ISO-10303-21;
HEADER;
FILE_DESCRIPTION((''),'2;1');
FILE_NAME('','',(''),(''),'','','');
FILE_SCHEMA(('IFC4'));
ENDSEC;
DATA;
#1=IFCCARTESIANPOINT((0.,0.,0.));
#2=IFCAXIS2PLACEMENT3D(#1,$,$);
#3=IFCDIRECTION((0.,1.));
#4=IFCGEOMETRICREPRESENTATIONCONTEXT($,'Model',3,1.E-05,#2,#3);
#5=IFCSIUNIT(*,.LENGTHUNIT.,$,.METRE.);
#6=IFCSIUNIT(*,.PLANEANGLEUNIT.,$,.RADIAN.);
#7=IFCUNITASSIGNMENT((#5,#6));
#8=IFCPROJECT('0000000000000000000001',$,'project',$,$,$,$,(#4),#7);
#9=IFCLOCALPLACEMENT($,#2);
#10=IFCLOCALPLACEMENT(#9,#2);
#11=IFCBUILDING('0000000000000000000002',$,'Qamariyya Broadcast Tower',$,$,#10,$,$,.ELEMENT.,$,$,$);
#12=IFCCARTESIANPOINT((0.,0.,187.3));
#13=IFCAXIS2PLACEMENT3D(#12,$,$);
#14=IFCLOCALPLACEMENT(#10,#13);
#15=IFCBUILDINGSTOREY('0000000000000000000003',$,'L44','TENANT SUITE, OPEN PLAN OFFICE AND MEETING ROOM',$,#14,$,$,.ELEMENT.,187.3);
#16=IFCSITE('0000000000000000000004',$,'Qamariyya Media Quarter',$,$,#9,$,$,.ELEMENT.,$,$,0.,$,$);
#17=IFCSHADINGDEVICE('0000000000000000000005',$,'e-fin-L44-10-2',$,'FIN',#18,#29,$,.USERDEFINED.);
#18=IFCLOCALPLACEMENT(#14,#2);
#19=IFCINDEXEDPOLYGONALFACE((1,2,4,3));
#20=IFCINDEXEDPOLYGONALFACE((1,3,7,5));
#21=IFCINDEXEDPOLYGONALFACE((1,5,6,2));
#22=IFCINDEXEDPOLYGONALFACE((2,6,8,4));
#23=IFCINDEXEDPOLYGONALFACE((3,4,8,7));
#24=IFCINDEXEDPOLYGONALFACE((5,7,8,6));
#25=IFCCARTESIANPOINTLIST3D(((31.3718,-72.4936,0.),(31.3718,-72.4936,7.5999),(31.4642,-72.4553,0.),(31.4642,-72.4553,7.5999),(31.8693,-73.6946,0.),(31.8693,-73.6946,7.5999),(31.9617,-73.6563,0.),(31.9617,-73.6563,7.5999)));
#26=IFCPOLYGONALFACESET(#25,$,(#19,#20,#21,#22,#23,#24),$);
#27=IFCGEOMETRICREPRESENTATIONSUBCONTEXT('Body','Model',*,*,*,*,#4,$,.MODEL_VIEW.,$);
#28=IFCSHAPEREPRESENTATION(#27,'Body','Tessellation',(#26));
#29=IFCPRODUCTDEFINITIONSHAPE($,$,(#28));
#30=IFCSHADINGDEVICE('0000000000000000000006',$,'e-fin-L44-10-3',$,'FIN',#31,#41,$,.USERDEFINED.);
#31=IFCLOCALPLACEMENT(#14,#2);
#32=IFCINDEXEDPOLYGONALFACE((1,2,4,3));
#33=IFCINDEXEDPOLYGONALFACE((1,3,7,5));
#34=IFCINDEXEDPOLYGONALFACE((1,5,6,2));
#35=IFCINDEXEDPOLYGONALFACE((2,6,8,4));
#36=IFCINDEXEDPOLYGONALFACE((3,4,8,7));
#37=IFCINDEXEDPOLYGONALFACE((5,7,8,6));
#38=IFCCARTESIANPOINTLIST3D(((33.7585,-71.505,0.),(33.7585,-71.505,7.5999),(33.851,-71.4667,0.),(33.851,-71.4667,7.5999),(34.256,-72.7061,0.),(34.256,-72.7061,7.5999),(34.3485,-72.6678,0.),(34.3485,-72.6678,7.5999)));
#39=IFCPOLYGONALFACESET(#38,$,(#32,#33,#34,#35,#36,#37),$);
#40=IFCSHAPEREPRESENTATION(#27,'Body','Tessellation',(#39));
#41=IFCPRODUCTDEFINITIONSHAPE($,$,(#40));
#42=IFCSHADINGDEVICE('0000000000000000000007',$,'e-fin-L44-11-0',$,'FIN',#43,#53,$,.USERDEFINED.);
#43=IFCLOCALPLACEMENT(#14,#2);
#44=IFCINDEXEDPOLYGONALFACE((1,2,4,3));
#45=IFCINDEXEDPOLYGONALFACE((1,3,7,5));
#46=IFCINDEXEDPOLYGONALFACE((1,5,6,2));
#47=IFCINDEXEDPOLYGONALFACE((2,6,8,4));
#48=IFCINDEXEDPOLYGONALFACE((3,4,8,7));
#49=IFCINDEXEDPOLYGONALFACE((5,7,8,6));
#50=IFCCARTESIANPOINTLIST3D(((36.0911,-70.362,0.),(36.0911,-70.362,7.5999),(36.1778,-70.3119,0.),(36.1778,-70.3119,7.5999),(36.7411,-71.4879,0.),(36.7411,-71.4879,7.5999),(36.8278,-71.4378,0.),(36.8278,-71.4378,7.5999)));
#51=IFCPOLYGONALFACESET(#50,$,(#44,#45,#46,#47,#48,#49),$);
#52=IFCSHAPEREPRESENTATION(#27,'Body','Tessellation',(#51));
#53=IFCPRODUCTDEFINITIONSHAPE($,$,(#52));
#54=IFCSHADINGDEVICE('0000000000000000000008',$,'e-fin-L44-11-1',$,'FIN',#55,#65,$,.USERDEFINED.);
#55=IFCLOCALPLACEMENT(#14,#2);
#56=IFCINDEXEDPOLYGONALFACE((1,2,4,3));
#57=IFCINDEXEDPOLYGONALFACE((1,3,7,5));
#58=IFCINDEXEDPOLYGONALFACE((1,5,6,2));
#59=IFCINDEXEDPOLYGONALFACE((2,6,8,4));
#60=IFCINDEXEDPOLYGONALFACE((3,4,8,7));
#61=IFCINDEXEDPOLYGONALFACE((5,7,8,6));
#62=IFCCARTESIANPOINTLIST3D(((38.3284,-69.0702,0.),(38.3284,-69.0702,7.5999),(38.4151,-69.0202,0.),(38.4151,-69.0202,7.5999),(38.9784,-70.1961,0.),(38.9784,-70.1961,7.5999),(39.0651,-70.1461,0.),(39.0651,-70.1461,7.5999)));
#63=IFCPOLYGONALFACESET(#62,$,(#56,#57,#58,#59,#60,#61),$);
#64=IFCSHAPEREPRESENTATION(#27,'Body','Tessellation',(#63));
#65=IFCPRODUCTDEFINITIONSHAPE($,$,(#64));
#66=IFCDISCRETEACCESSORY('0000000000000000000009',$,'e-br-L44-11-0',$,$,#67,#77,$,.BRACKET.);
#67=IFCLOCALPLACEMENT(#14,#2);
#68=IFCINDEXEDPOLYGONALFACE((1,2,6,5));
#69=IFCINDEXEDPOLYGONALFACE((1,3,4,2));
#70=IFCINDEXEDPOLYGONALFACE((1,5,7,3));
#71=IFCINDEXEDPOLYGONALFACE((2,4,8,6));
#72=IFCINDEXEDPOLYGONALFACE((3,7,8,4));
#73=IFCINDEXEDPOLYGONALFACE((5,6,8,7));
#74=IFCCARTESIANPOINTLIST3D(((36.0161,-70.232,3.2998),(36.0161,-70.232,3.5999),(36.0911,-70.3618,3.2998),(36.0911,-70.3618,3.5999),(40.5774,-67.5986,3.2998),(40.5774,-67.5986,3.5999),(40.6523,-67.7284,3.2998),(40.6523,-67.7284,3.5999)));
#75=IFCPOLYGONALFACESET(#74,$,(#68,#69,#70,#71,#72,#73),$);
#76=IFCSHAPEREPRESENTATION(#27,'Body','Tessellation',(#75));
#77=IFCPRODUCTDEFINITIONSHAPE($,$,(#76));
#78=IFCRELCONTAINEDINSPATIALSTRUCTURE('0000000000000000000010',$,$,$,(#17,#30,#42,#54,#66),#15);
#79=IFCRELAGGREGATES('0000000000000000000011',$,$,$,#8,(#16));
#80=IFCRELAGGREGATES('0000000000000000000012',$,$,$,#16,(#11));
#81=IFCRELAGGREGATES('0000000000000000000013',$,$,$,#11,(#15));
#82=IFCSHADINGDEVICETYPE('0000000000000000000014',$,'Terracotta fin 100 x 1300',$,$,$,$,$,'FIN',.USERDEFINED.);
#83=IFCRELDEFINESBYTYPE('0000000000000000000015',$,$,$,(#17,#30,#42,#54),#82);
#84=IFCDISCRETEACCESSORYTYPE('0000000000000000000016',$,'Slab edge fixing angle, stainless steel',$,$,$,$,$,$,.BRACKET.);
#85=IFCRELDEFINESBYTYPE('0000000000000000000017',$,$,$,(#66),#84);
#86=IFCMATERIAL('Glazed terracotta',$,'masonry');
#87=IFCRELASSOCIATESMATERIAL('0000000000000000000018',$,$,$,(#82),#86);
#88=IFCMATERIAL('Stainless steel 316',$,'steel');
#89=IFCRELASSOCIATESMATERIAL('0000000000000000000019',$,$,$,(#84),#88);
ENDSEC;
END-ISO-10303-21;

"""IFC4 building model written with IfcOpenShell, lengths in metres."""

from ifc_helpers import new_model, si_unit, direction, frame, origin, origin_2d, place, context, subcontext, project, spatial, rectangle, extrude, material, material_profile, profile_set, type_object, element, save


model = new_model("IFC4")

# Units and contexts
model_context = context("Model", 3, precision=1e-05, world=origin(), true_north=direction((0.0, 1.0)))
body_context = subcontext(model_context, "Body", "Model", "MODEL_VIEW")
ifc_project = project(units=[si_unit("LENGTHUNIT", "METRE"), si_unit("PLANEANGLEUNIT", "RADIAN")], contexts=[model_context])

# Site, building, storey
site_placement = place(None, origin())
site = spatial("IfcSite", under=ifc_project, at=site_placement, Name="Qamariyya Media Quarter", CompositionType="ELEMENT", RefElevation=0.0)
building_placement = place(site_placement, origin())
building = spatial("IfcBuilding", under=site, at=building_placement, Name="Qamariyya Broadcast Tower", CompositionType="ELEMENT")
storey_placement = place(building_placement, frame((0.0, 0.0, 187.3)))
storey = spatial("IfcBuildingStorey", under=building, at=storey_placement, Name="L44", Description="TENANT SUITE, OPEN PLAN OFFICE AND MEETING ROOM", CompositionType="ELEMENT", Elevation=187.3)

# Shading devices
ifc_material_1 = material(Name="Glazed terracotta", Category="masonry")
ifc_material_profile_1 = material_profile(ifc_material_1, rectangle(XDim=1.3, YDim=0.1001, at=origin_2d()))
ifc_profile_set_1 = profile_set([ifc_material_profile_1], Name="Glazed terracotta")
shading_device_type_1 = type_object("IfcShadingDeviceType", Name="Terracotta fin 100 x 1300", ElementType="FIN", PredefinedType="USERDEFINED", material=ifc_profile_set_1)
for number, where, z_axis, x_axis, name in (
    (1, (31.6667, -73.075, 0.0), (0.0, 0.0, 1.0), (0.382683, -0.92388, 0.0), "e-fin-L44-10-2"),
    (2, (34.0535, -72.0864, 0.0), (0.0, 0.0, 1.0), (0.382683, -0.92388, 0.0), "e-fin-L44-10-3"),
    (3, (36.4595, -70.8999, 0.0), (0.0, 0.0, 1.0), (0.5, -0.866025, 0.0), "e-fin-L44-11-0"),
    (4, (38.6968, -69.6082, 0.0), (0.0, 0.0, 1.0), (0.5, -0.866025, 0.0), "e-fin-L44-11-1"),
):
    element("IfcShadingDevice", number, at=place(storey_placement, frame(where, z_axis=z_axis, x_axis=x_axis)), inside=storey, type_object=shading_device_type_1, Name=name, ObjectType="FIN", PredefinedType="USERDEFINED", context=body_context, shape_type="SweptSolid", body=[
        extrude(rectangle(XDim=1.3, YDim=0.1001, at=origin_2d()), origin(), (0.0, 0.0, 1.0), 7.5999),
    ])

# Discrete accessory
ifc_material_2 = material(Name="Stainless steel 316", Category="steel")
discrete_accessory_type = type_object("IfcDiscreteAccessoryType", Name="Slab edge fixing angle, stainless steel", PredefinedType="BRACKET", material=ifc_material_2)
discrete_accessory_placement = place(storey_placement, frame((38.3342, -68.9802, 3.2998), z_axis=(0.0, 0.0, 1.0), x_axis=(0.866025, 0.5, 0.0)))
element("IfcDiscreteAccessory", 5, at=discrete_accessory_placement, inside=storey, type_object=discrete_accessory_type, Name="e-br-L44-11-0", PredefinedType="BRACKET", context=body_context, shape_type="SweptSolid", body=[
    extrude(rectangle(XDim=5.2668, YDim=0.1499, at=origin_2d()), origin(), (0.0, 0.0, 1.0), 0.3),
])

save(model, "model.ifc")
